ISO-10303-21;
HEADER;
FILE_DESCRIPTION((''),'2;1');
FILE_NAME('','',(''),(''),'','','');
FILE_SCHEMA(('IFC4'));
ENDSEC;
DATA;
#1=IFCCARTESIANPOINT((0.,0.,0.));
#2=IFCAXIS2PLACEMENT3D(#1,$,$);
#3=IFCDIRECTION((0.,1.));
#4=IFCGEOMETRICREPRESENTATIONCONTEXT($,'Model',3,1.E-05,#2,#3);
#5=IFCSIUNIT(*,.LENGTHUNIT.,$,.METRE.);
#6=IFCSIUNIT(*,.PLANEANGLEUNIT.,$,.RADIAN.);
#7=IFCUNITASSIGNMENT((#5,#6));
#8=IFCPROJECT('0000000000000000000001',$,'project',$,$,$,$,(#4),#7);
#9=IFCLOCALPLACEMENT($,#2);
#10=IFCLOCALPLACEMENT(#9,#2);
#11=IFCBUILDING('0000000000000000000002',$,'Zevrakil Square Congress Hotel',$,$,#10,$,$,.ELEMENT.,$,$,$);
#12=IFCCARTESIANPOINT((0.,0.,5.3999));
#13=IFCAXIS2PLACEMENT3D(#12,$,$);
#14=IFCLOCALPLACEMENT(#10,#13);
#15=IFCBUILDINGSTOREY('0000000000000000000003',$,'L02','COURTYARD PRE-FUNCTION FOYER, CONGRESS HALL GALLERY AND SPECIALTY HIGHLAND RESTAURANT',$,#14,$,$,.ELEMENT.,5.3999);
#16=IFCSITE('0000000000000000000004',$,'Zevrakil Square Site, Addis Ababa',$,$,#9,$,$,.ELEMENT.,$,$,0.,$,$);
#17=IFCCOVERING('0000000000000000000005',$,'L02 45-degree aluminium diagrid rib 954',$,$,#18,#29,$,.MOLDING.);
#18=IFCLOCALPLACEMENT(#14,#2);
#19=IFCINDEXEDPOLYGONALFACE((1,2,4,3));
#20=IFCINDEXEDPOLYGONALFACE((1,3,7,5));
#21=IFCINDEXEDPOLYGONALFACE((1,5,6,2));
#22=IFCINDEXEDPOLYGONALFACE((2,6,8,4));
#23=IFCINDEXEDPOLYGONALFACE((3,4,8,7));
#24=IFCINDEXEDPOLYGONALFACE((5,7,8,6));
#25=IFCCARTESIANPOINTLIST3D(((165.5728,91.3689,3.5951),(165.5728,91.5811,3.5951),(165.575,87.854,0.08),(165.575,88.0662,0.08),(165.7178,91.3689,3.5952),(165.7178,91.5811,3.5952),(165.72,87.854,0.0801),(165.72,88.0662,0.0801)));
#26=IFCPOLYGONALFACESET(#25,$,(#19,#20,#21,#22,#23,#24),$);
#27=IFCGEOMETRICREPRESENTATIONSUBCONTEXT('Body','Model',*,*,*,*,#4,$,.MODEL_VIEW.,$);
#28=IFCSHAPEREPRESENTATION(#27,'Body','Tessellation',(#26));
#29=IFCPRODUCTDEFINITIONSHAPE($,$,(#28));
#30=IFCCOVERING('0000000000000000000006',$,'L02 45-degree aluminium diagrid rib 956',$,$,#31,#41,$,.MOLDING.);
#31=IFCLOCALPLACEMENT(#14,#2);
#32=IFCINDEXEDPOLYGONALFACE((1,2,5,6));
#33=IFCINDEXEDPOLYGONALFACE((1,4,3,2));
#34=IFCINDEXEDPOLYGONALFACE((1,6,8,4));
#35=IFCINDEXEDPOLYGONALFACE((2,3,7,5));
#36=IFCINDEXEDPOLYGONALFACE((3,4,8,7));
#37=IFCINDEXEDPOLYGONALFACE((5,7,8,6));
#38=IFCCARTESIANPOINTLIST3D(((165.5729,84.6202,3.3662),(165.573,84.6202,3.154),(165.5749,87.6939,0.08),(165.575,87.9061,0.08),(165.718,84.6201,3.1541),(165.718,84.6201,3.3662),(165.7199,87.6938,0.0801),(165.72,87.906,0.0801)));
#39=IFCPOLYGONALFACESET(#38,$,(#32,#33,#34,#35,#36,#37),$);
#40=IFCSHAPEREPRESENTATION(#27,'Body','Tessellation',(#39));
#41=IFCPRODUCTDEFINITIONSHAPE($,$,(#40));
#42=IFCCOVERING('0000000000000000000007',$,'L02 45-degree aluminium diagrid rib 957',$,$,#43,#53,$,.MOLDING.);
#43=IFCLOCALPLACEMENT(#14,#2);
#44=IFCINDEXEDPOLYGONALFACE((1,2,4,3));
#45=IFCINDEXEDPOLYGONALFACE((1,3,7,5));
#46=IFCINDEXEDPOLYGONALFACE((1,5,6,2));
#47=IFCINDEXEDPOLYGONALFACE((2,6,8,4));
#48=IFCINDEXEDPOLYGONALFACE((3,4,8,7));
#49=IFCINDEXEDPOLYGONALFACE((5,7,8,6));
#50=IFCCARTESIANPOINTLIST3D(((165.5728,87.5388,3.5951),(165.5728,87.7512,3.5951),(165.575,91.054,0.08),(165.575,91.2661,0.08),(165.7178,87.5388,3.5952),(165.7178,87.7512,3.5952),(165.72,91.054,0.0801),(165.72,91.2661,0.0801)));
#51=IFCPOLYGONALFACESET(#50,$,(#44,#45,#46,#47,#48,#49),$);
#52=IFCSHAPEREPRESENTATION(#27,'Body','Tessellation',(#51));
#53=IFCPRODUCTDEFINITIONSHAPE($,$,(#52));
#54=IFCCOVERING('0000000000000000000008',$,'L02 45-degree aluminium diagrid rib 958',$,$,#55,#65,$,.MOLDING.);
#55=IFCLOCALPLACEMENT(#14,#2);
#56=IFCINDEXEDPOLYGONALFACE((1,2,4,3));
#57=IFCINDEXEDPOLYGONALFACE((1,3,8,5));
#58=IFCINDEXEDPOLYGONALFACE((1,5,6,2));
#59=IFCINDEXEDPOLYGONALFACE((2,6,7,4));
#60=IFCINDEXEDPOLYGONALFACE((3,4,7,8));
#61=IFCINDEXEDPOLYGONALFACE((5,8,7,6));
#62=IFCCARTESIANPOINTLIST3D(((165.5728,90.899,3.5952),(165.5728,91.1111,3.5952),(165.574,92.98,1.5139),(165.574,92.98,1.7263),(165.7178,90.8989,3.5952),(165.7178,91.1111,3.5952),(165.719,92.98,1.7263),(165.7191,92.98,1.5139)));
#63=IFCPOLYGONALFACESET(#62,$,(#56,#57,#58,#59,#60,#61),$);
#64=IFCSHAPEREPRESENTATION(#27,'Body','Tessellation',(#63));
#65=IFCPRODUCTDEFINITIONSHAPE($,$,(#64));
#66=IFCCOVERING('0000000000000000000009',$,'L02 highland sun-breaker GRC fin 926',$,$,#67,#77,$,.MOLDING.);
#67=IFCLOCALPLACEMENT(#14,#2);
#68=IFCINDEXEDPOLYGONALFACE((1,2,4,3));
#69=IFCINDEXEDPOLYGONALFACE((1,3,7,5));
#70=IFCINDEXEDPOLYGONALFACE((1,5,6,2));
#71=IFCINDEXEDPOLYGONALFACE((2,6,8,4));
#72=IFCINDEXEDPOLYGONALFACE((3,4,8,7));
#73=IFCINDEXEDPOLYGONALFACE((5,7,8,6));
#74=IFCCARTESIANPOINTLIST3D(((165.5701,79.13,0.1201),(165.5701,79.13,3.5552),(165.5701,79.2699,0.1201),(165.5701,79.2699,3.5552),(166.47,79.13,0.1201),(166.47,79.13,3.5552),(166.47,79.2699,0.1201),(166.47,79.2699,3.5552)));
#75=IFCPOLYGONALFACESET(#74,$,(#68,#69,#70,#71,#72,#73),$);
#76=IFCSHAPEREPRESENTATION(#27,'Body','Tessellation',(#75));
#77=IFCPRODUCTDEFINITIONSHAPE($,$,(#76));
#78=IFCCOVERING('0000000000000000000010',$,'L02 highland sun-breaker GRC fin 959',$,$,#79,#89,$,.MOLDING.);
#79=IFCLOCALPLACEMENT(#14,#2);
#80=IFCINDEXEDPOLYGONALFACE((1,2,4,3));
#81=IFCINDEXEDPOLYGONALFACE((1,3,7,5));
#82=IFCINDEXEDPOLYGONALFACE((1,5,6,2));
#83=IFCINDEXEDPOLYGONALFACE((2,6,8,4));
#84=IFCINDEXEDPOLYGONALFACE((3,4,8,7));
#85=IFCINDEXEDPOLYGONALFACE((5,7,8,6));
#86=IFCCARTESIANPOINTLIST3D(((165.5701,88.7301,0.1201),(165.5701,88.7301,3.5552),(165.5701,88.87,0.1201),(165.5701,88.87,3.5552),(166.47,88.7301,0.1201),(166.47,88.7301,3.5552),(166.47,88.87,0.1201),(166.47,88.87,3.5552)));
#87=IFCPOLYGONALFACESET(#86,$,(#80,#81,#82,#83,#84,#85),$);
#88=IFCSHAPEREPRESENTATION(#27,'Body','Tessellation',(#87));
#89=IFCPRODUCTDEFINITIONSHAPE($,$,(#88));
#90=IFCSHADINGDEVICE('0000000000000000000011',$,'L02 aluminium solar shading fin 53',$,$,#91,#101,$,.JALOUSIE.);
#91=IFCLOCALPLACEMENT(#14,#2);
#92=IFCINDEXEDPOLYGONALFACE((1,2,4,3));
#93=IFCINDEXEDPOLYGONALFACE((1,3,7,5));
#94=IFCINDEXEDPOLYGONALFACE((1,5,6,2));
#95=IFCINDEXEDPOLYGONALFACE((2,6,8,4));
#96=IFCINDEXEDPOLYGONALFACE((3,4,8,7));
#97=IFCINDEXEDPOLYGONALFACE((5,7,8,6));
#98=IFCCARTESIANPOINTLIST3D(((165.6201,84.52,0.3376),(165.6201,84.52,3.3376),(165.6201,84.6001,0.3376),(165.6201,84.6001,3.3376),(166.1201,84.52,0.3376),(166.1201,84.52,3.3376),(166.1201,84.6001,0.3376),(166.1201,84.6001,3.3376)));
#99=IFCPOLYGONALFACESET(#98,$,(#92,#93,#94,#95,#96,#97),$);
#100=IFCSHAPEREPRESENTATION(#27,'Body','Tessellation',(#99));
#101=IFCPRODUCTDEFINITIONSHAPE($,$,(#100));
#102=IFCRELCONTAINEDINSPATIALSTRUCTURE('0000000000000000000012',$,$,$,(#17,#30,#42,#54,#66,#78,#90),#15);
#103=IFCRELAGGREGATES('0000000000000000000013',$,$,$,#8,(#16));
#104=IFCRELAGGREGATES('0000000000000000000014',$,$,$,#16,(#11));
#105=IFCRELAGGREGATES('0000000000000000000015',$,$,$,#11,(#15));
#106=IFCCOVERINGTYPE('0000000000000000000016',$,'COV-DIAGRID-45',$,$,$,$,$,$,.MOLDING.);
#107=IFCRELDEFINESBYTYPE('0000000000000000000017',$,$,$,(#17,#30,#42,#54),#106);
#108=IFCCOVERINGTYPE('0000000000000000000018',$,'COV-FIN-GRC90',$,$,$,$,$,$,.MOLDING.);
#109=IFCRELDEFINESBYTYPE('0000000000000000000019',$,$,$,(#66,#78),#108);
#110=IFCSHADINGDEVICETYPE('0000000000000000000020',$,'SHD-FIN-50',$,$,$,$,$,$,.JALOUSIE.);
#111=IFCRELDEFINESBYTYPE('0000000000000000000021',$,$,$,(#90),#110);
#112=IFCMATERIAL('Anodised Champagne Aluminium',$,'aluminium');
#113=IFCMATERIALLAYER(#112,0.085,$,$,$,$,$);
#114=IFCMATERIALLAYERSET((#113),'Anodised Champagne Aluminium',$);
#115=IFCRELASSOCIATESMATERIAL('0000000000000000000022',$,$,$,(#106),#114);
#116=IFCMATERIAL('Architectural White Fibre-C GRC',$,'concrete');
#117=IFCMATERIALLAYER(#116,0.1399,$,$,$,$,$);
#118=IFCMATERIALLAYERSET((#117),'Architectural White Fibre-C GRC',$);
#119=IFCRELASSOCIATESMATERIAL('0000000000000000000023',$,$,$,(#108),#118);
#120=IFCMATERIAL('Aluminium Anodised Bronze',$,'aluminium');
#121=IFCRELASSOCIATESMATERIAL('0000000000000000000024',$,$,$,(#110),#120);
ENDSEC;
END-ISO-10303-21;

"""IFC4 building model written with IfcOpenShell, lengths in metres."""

from ifc_helpers import new_model, si_unit, direction, frame, origin, origin_2d, place, context, subcontext, project, spatial, polyline, rectangle, outline, extrude, material, layer, layer_set, type_object, element, save


model = new_model("IFC4")

# Units and contexts
model_context = context("Model", 3, precision=1e-05, world=origin(), true_north=direction((0.0, 1.0)))
body_context = subcontext(model_context, "Body", "Model", "MODEL_VIEW")
ifc_project = project(units=[si_unit("LENGTHUNIT", "METRE"), si_unit("PLANEANGLEUNIT", "RADIAN")], contexts=[model_context])

# Site, building, storey
site_placement = place(None, origin())
site = spatial("IfcSite", under=ifc_project, at=site_placement, Name="Zevrakil Square Site, Addis Ababa", CompositionType="ELEMENT", RefElevation=0.0)
building_placement = place(site_placement, origin())
building = spatial("IfcBuilding", under=site, at=building_placement, Name="Zevrakil Square Congress Hotel", CompositionType="ELEMENT")
storey_placement = place(building_placement, frame((0.0, 0.0, 5.3999)))
storey = spatial("IfcBuildingStorey", under=building, at=storey_placement, Name="L02", Description="COURTYARD PRE-FUNCTION FOYER, CONGRESS HALL GALLERY AND SPECIALTY HIGHLAND RESTAURANT", CompositionType="ELEMENT", Elevation=5.3999)

# Coverings
ifc_material_1 = material(Name="Anodised Champagne Aluminium", Category="aluminium")
ifc_layer_1 = layer(ifc_material_1, 0.085)
ifc_layer_set_1 = layer_set([ifc_layer_1], Name="Anodised Champagne Aluminium")
covering_type_1 = type_object("IfcCoveringType", Name="COV-DIAGRID-45", PredefinedType="MOLDING", material=ifc_layer_set_1)
covering_1_placement = place(storey_placement, frame((165.72, 88.0662, 0.0801), z_axis=(1.0, 0.0, 0.000625), x_axis=(0.0, -1.0, 0.0)))
element("IfcCovering", 1, at=covering_1_placement, inside=storey, type_object=covering_type_1, Name="L02 45-degree aluminium diagrid rib 954", PredefinedType="MOLDING", context=body_context, shape_type="SweptSolid", body=[
    extrude(outline(polyline([(0.0, 0.0), (0.2122, 0.0), (-3.3027, -3.5151), (-3.5149, -3.5151), (0.0, 0.0)])), origin(), (0.0, 0.0, -1.0), 0.145),
])
covering_2_placement = place(storey_placement, frame((165.718, 84.6201, 3.1541), z_axis=(1.0, -0.000307, 0.000307), x_axis=(-0.000307, 0.0, 1.0)))
element("IfcCovering", 2, at=covering_2_placement, inside=storey, type_object=covering_type_1, Name="L02 45-degree aluminium diagrid rib 956", PredefinedType="MOLDING", context=body_context, shape_type="SweptSolid", body=[
    extrude(outline(polyline([(0.0, 0.0), (0.2122, 0.0), (-3.074, -3.2859), (-3.074, -3.0737), (0.0, 0.0)])), origin(), (0.0, 0.0, -1.0), 0.145),
])
covering_3_placement = place(storey_placement, frame((165.7178, 87.5388, 3.5952), z_axis=(1.0, 0.0, 0.000625), x_axis=(0.0, 1.0, 0.0)))
element("IfcCovering", 3, at=covering_3_placement, inside=storey, type_object=covering_type_1, Name="L02 45-degree aluminium diagrid rib 957", PredefinedType="MOLDING", context=body_context, shape_type="SweptSolid", body=[
    extrude(outline(polyline([(0.0, 0.0), (0.2124, 0.0), (3.7273, -3.5151), (3.5151, -3.5151), (0.0, 0.0)])), origin(), (0.0, 0.0, -1.0), 0.145),
])
covering_4_placement = place(storey_placement, frame((165.7178, 90.8989, 3.5952), z_axis=(1.0, -0.000309, 0.000309), x_axis=(0.000309, 1.0, 0.0)))
element("IfcCovering", 4, at=covering_4_placement, inside=storey, type_object=covering_type_1, Name="L02 45-degree aluminium diagrid rib 958", PredefinedType="MOLDING", context=body_context, shape_type="SweptSolid", body=[
    extrude(outline(polyline([(0.0, 0.0), (0.2122, 0.0), (2.0811, -1.8689), (2.0811, -2.0813), (0.0, 0.0)])), origin(), (0.0, 0.0, -1.0), 0.145),
])
ifc_material_2 = material(Name="Architectural White Fibre-C GRC", Category="concrete")
ifc_layer_2 = layer(ifc_material_2, 0.1399)
ifc_layer_set_2 = layer_set([ifc_layer_2], Name="Architectural White Fibre-C GRC")
covering_type_2 = type_object("IfcCoveringType", Name="COV-FIN-GRC90", PredefinedType="MOLDING", material=ifc_layer_set_2)
for number, where, z_axis, x_axis, name in (
    (5, (166.02, 79.2, 0.1201), (0.0, 0.0, 1.0), (1.0, 0.0, 0.0), "L02 highland sun-breaker GRC fin 926"),
    (6, (166.02, 88.8, 0.1201), (0.0, 0.0, 1.0), (1.0, 0.0, 0.0), "L02 highland sun-breaker GRC fin 959"),
):
    element("IfcCovering", number, at=place(storey_placement, frame(where, z_axis=z_axis, x_axis=x_axis)), inside=storey, type_object=covering_type_2, Name=name, PredefinedType="MOLDING", context=body_context, shape_type="SweptSolid", body=[
        extrude(rectangle(XDim=0.8999, YDim=0.1399, at=origin_2d()), origin(), (0.0, 0.0, 1.0), 3.4351),
    ])

# Shading device
ifc_material_3 = material(Name="Aluminium Anodised Bronze", Category="aluminium")
shading_device_type = type_object("IfcShadingDeviceType", Name="SHD-FIN-50", PredefinedType="JALOUSIE", material=ifc_material_3)
shading_device_placement = place(storey_placement, frame((165.8701, 84.5601, 0.3376), z_axis=(0.0, 0.0, 1.0), x_axis=(1.0, 0.0, 0.0)))
element("IfcShadingDevice", 7, at=shading_device_placement, inside=storey, type_object=shading_device_type, Name="L02 aluminium solar shading fin 53", PredefinedType="JALOUSIE", context=body_context, shape_type="SweptSolid", body=[
    extrude(rectangle(XDim=0.5, YDim=0.0801, at=origin_2d()), origin(), (0.0, 0.0, 1.0), 3.0),
])

save(model, "model.ifc")
